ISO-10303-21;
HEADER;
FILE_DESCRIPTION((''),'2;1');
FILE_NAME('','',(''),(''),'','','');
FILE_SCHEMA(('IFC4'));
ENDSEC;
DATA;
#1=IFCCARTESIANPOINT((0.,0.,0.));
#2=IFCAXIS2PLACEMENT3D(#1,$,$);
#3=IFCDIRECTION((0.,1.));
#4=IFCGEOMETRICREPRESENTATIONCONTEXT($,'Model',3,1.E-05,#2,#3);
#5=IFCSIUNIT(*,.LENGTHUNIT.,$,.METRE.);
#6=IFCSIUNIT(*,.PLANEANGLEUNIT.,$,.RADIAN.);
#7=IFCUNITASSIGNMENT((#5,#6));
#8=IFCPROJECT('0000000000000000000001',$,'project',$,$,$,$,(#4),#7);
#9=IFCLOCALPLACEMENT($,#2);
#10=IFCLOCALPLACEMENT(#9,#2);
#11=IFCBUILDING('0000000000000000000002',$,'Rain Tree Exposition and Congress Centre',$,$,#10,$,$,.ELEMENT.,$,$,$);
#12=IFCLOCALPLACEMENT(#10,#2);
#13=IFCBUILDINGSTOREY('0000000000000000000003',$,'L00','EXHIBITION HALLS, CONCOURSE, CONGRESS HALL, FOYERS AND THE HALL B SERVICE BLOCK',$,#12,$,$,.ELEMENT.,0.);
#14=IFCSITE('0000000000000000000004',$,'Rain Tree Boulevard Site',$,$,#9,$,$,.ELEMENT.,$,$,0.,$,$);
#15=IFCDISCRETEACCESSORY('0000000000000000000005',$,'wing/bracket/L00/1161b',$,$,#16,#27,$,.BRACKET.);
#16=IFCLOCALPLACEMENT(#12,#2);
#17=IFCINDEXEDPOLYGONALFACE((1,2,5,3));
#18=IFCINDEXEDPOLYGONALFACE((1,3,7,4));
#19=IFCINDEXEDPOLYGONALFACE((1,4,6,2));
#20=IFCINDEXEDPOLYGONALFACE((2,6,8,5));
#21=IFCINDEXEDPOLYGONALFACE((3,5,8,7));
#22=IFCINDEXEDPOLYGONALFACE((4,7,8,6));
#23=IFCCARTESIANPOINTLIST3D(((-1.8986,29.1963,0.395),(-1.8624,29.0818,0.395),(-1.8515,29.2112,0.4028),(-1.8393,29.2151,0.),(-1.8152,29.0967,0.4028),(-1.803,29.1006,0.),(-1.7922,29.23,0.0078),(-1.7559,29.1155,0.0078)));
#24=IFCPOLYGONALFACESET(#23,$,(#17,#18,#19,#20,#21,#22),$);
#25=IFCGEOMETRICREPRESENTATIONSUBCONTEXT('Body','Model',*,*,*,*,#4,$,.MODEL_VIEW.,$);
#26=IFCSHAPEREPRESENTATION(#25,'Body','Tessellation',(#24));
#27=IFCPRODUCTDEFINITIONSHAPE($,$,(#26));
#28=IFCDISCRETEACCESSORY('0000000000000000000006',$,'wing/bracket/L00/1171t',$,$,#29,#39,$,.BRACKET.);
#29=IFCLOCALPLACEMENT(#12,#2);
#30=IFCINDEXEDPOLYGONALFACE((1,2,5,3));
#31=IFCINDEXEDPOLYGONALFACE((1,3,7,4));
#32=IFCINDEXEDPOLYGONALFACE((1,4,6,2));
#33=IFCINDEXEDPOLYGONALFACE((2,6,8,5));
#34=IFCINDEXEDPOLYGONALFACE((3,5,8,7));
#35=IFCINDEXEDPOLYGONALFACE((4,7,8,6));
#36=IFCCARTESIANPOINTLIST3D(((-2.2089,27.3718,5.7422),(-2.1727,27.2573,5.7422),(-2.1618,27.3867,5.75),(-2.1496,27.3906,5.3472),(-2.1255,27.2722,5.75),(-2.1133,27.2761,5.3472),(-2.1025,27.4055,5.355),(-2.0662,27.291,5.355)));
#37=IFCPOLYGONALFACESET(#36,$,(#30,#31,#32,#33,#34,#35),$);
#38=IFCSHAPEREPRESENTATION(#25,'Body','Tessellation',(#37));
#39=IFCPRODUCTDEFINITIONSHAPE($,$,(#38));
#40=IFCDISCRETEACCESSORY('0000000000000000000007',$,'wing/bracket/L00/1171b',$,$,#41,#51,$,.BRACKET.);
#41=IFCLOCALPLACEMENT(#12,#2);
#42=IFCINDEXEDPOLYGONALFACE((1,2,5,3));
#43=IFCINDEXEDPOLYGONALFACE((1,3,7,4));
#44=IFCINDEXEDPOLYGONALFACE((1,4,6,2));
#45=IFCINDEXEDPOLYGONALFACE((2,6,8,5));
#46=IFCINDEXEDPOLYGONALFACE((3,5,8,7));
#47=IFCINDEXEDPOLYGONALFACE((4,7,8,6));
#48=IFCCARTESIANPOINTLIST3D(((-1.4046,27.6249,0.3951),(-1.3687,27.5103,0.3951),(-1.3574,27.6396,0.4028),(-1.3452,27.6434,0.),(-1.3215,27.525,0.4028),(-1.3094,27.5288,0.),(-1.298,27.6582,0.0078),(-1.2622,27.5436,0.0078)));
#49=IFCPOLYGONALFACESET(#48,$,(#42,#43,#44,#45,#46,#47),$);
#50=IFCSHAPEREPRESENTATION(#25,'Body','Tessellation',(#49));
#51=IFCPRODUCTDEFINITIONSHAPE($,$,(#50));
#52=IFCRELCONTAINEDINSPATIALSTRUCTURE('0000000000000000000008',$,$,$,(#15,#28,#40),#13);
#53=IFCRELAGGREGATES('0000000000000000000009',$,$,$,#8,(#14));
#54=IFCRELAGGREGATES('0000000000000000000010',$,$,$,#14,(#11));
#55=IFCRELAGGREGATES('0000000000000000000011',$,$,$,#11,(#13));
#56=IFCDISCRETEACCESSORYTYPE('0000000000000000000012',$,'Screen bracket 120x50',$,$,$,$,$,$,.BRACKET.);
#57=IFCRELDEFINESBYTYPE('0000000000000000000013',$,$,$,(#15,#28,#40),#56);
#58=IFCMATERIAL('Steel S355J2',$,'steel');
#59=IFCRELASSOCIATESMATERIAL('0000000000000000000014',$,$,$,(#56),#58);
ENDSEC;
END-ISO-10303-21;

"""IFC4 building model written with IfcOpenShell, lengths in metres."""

from ifc_helpers import new_model, si_unit, direction, frame, origin, origin_2d, place, context, subcontext, project, spatial, rectangle, extrude, material, material_profile, profile_set, type_object, element, save


model = new_model("IFC4")

# Units and contexts
model_context = context("Model", 3, precision=1e-05, world=origin(), true_north=direction((0.0, 1.0)))
body_context = subcontext(model_context, "Body", "Model", "MODEL_VIEW")
ifc_project = project(units=[si_unit("LENGTHUNIT", "METRE"), si_unit("PLANEANGLEUNIT", "RADIAN")], contexts=[model_context])

# Site, building, storey
site_placement = place(None, origin())
site = spatial("IfcSite", under=ifc_project, at=site_placement, Name="Rain Tree Boulevard Site", CompositionType="ELEMENT", RefElevation=0.0)
building_placement = place(site_placement, origin())
building = spatial("IfcBuilding", under=site, at=building_placement, Name="Rain Tree Exposition and Congress Centre", CompositionType="ELEMENT")
storey_placement = place(building_placement, origin())
storey = spatial("IfcBuildingStorey", under=building, at=storey_placement, Name="L00", Description="EXHIBITION HALLS, CONCOURSE, CONGRESS HALL, FOYERS AND THE HALL B SERVICE BLOCK", CompositionType="ELEMENT", Elevation=0.0)

# Discrete accessories
ifc_material_1 = material(Name="Steel S355J2", Category="steel")
ifc_material_profile_1 = material_profile(ifc_material_1, rectangle(XDim=0.1201, YDim=0.05, at=origin_2d()), Name="Flat bar 120x50")
ifc_profile_set_1 = profile_set([ifc_material_profile_1], Name="Steel S355J2")
discrete_accessory_type = type_object("IfcDiscreteAccessoryType", Name="Screen bracket 120x50", PredefinedType="BRACKET", material=ifc_profile_set_1)
for number, where, z_axis, x_axis, name in (
    (1, (-1.7976, 29.1653, 0.0039), (-0.148356, -0.04701, 0.987816), (0.30207, -0.953286, 0.0), "wing/bracket/L00/1161b"),
    (2, (-2.1079, 27.3408, 5.3511), (-0.148356, -0.04701, 0.987816), (0.30207, -0.953286, 0.0), "wing/bracket/L00/1171t"),
    (3, (-1.3037, 27.5935, 0.0039), (-0.14836, -0.046401, 0.987844), (0.298499, -0.95441, 0.0), "wing/bracket/L00/1171b"),
):
    element("IfcDiscreteAccessory", number, at=place(storey_placement, frame(where, z_axis=z_axis, x_axis=x_axis)), inside=storey, type_object=discrete_accessory_type, Name=name, PredefinedType="BRACKET", context=body_context, shape_type="SweptSolid", body=[
        extrude(rectangle(XDim=0.1201, YDim=0.05, at=origin_2d()), origin(), (0.0, 0.0, 1.0), 0.3999),
    ])

save(model, "model.ifc")
